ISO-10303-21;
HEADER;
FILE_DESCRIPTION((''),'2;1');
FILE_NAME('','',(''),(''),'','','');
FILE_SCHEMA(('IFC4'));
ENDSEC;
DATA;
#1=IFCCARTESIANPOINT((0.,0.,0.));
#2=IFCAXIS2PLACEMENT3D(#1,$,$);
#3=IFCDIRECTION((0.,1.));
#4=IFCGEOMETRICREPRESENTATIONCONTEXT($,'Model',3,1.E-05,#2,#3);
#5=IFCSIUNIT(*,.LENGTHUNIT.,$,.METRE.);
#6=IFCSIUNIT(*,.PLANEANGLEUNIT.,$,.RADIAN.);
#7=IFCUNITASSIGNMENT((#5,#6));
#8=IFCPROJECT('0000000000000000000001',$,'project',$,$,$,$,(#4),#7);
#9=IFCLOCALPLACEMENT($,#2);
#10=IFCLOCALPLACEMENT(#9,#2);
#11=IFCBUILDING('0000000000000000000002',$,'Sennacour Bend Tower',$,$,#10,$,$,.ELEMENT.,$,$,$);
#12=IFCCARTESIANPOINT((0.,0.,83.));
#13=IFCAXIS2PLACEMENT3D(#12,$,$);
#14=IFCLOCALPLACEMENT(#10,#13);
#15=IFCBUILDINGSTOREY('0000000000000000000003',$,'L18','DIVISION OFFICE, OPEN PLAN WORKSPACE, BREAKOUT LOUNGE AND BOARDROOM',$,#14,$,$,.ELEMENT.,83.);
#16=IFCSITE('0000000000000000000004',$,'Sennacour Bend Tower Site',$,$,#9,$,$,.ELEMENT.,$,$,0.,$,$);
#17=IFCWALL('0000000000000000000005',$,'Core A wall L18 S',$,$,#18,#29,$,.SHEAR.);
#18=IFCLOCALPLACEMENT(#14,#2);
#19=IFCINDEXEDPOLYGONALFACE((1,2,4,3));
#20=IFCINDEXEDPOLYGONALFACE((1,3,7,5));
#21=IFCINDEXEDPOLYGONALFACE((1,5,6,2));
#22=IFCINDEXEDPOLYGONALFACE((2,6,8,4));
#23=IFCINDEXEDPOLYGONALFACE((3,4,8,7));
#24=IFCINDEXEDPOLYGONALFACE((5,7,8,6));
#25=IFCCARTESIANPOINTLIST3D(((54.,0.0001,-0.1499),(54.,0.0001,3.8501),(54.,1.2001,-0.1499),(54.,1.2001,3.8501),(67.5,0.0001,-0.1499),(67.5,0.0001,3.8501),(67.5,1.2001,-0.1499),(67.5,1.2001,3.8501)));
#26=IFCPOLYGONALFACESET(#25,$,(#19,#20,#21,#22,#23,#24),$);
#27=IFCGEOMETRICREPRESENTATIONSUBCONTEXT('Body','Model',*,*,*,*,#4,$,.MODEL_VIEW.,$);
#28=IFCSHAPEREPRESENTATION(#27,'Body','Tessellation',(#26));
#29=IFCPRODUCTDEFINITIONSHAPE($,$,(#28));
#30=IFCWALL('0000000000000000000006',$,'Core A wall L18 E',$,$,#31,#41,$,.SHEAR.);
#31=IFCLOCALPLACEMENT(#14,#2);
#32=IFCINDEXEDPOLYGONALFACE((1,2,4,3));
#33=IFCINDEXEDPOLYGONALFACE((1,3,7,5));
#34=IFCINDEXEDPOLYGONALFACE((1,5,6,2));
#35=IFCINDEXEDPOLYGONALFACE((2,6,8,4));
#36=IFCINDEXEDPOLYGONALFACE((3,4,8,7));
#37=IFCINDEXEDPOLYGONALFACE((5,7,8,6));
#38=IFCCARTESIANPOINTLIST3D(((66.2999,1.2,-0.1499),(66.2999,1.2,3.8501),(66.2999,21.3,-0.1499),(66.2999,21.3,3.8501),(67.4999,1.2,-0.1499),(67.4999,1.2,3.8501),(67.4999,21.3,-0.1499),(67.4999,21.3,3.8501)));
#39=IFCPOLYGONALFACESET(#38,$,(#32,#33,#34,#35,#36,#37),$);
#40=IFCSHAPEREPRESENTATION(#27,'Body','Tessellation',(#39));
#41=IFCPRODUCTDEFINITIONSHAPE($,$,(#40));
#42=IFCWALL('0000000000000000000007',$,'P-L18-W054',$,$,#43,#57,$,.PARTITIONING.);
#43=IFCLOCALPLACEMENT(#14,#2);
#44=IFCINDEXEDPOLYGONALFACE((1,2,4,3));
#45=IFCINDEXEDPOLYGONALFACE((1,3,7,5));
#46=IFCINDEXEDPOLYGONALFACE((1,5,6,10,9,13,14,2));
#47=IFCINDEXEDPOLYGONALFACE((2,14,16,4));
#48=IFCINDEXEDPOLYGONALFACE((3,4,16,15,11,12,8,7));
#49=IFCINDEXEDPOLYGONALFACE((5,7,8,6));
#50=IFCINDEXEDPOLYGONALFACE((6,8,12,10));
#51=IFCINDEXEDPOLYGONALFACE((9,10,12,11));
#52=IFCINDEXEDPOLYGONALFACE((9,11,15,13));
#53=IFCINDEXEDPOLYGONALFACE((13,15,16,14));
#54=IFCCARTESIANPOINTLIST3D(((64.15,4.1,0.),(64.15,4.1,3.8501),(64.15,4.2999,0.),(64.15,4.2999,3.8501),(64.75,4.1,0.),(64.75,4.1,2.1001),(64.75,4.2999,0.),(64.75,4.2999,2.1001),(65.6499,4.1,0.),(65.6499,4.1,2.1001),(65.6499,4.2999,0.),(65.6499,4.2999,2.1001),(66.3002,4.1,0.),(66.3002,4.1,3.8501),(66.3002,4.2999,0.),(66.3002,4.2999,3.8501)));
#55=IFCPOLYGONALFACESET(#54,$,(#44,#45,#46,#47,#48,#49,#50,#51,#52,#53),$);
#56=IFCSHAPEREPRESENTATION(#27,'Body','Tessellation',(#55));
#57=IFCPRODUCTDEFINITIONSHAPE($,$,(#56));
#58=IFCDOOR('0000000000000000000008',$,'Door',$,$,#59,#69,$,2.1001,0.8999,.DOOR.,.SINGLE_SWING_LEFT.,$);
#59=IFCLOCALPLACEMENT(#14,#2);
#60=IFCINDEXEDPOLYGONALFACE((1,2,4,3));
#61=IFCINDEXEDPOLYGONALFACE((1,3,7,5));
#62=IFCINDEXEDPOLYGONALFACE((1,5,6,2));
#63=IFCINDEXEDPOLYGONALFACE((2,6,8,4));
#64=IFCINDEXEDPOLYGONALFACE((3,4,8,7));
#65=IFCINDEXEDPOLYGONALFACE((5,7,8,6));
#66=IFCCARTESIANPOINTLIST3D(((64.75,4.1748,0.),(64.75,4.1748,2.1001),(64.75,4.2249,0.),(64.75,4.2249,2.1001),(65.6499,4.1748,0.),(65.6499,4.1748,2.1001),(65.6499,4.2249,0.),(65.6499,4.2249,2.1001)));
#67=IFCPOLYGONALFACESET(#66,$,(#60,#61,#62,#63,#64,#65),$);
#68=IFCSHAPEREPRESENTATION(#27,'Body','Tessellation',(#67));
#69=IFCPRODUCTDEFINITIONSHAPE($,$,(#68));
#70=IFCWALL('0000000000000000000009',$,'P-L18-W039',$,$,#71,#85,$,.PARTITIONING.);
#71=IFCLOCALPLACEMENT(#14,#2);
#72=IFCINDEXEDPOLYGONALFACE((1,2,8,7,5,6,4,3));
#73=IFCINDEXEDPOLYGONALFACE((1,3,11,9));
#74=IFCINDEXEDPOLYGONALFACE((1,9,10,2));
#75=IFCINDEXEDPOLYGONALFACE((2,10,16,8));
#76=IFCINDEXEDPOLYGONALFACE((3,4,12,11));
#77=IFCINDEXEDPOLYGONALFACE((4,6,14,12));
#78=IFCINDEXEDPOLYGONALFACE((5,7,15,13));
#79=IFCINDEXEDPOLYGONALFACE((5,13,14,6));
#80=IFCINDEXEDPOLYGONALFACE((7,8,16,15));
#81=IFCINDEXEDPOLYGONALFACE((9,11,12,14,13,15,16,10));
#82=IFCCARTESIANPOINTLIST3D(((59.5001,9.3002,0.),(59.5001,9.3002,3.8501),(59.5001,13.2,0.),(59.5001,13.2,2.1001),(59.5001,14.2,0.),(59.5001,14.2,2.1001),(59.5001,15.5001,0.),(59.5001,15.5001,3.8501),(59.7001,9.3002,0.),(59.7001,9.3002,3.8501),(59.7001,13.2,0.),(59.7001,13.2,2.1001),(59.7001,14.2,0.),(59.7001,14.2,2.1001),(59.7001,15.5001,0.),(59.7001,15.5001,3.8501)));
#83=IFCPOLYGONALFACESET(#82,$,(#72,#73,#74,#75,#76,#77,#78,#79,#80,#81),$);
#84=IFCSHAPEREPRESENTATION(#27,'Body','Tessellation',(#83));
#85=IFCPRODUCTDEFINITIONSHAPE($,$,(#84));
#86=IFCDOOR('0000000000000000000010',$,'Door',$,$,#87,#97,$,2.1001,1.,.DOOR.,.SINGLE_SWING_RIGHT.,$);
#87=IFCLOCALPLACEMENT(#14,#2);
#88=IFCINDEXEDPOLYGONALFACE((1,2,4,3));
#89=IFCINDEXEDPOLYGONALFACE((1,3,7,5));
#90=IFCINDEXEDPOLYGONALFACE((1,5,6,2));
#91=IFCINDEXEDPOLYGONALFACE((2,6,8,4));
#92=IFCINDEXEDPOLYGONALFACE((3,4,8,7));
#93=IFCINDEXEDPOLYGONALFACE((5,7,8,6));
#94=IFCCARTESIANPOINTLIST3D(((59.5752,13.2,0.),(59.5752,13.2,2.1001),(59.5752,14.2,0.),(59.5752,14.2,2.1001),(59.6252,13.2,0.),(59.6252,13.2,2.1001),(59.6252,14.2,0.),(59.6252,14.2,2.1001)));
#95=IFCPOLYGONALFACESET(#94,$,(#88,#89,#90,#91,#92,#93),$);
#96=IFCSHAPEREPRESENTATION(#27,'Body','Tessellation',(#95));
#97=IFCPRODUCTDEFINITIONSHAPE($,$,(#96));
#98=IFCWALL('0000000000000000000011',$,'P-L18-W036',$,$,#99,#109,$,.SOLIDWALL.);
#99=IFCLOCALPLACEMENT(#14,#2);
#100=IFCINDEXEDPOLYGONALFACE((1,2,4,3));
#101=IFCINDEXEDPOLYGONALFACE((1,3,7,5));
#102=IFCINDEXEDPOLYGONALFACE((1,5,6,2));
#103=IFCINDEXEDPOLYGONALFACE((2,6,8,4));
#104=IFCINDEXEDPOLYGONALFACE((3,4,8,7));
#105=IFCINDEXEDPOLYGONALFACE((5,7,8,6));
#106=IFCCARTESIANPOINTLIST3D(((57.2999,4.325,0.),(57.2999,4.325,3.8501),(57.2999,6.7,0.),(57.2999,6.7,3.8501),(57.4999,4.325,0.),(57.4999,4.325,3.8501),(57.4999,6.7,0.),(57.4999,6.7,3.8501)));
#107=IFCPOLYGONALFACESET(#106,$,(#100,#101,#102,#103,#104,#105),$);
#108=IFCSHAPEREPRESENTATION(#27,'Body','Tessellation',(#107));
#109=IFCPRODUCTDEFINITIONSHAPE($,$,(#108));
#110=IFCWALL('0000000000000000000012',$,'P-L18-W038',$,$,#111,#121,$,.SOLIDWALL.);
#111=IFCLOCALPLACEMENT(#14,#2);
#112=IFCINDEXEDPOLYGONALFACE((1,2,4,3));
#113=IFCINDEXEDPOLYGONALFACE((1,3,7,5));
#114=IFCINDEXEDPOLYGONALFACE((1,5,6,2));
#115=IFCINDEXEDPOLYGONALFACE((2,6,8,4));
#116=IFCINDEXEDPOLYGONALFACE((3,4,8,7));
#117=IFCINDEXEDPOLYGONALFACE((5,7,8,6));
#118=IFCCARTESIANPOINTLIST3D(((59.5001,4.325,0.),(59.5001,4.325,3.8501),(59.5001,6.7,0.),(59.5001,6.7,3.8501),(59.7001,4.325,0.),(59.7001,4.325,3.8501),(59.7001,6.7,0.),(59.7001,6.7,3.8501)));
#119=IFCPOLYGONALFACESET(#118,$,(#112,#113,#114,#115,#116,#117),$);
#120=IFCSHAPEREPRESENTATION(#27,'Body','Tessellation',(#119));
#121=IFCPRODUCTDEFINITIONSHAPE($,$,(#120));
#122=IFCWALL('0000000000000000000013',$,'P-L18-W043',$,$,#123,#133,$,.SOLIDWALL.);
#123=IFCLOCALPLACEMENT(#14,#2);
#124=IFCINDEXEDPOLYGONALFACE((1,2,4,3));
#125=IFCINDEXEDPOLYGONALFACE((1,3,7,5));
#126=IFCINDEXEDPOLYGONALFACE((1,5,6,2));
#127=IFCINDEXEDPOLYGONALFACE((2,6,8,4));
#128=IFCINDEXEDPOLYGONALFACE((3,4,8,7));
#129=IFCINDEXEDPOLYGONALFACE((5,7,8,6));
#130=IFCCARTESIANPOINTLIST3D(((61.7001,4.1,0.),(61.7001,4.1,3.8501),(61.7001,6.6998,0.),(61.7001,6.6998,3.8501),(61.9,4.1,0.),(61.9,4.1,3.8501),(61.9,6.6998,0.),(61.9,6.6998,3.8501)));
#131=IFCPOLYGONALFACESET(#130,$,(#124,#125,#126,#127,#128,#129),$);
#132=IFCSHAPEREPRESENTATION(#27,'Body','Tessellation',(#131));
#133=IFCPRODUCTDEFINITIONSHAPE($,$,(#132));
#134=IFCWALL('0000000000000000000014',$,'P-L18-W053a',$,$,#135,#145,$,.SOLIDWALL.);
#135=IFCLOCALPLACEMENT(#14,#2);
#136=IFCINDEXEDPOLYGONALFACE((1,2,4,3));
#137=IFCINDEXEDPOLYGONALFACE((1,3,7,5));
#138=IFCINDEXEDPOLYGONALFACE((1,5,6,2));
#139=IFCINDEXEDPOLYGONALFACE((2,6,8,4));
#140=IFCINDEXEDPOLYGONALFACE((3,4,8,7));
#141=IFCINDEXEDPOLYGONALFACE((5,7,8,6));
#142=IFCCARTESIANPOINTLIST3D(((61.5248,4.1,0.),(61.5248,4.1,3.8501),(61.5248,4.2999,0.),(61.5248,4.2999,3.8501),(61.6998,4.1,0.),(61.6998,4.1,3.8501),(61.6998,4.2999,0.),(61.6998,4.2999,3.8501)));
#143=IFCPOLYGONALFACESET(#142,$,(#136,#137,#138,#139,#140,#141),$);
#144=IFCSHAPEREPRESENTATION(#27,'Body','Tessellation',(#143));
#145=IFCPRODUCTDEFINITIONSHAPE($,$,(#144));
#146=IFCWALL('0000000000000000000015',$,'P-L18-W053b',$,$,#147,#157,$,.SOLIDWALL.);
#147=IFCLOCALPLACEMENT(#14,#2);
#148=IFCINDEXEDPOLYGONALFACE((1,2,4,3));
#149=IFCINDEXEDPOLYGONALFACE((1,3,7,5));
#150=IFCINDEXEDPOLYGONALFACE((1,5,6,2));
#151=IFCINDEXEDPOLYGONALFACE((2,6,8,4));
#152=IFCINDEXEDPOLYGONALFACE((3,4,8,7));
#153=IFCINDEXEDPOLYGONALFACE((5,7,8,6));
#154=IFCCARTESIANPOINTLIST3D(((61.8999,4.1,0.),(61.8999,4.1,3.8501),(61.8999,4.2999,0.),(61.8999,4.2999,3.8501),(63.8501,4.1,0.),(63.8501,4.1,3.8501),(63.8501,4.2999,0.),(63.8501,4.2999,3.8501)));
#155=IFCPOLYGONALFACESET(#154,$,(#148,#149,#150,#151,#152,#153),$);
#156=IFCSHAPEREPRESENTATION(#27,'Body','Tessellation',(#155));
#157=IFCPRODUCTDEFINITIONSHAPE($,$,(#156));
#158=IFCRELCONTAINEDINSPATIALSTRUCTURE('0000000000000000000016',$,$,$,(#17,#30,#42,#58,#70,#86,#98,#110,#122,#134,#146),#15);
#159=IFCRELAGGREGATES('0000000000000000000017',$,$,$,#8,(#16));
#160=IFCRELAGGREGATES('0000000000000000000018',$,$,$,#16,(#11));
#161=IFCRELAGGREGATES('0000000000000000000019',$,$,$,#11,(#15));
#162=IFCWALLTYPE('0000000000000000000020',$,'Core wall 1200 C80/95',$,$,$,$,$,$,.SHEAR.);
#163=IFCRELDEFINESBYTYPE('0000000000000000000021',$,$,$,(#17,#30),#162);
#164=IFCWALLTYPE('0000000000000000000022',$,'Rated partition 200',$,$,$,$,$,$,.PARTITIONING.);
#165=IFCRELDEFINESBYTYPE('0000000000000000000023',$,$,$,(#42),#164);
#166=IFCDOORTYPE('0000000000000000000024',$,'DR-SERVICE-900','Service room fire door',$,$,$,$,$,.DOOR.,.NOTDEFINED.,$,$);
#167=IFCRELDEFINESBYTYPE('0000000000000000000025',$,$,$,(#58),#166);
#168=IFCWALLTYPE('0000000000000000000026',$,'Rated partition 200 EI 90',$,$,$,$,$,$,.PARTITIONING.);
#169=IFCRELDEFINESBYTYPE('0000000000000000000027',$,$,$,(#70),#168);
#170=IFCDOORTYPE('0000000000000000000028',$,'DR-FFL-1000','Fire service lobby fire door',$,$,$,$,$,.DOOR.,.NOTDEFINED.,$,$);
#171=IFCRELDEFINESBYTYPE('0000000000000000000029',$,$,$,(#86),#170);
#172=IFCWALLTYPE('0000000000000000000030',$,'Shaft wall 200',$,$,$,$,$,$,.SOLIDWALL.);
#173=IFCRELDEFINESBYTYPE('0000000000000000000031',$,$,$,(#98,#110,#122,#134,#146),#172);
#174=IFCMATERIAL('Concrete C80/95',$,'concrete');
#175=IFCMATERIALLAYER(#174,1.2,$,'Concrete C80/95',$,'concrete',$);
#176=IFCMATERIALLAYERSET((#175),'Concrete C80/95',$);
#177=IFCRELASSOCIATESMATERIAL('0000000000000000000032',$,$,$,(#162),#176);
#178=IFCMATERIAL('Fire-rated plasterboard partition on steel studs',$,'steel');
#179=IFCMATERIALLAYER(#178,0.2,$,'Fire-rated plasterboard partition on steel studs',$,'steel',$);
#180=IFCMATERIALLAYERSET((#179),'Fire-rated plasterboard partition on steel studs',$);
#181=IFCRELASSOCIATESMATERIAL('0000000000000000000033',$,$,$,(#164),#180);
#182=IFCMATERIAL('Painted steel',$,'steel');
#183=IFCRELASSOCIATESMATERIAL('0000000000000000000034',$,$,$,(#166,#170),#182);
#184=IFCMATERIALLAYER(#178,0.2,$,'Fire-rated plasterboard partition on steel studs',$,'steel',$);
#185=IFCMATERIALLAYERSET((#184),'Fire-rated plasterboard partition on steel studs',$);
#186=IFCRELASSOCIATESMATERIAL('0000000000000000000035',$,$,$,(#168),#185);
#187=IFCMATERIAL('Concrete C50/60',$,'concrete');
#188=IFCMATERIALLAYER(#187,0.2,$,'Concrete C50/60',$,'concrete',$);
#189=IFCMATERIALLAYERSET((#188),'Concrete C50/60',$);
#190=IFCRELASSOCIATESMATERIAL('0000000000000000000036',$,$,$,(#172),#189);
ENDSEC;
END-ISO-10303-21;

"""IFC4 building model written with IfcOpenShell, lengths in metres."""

from ifc_helpers import new_model, si_unit, direction, frame, frame_2d, origin, place, context, subcontext, project, spatial, rectangle, extrude, material, layer, layer_set, type_object, element, fill, save


model = new_model("IFC4")

# Units and contexts
model_context = context("Model", 3, precision=1e-05, world=origin(), true_north=direction((0.0, 1.0)))
body_context = subcontext(model_context, "Body", "Model", "MODEL_VIEW")
ifc_project = project(units=[si_unit("LENGTHUNIT", "METRE"), si_unit("PLANEANGLEUNIT", "RADIAN")], contexts=[model_context])

# Site, building, storey
site_placement = place(None, origin())
site = spatial("IfcSite", under=ifc_project, at=site_placement, Name="Sennacour Bend Tower Site", CompositionType="ELEMENT", RefElevation=0.0)
building_placement = place(site_placement, origin())
building = spatial("IfcBuilding", under=site, at=building_placement, Name="Sennacour Bend Tower", CompositionType="ELEMENT")
storey_placement = place(building_placement, frame((0.0, 0.0, 83.0)))
storey = spatial("IfcBuildingStorey", under=building, at=storey_placement, Name="L18", Description="DIVISION OFFICE, OPEN PLAN WORKSPACE, BREAKOUT LOUNGE AND BOARDROOM", CompositionType="ELEMENT", Elevation=83.0)

# Walls
ifc_material_1 = material(Name="Concrete C80/95", Category="concrete")
ifc_layer_1 = layer(ifc_material_1, 1.2, Name="Concrete C80/95", Category="concrete")
ifc_layer_set_1 = layer_set([ifc_layer_1], Name="Concrete C80/95")
wall_type_1 = type_object("IfcWallType", Name="Core wall 1200 C80/95", PredefinedType="SHEAR", material=ifc_layer_set_1)
wall_1_placement = place(storey_placement, frame((67.5, 0.6001, -0.1499), z_axis=(0.0, 0.0, 1.0), x_axis=(-1.0, 0.0, 0.0)))
element("IfcWall", 1, at=wall_1_placement, inside=storey, type_object=wall_type_1, Name="Core A wall L18 S", PredefinedType="SHEAR", context=body_context, shape_type="SweptSolid", body=[
    extrude(rectangle(XDim=13.5, YDim=1.2, at=frame_2d((6.75, 0.0))), origin(), (0.0, 0.0, 1.0), 4.0),
])
wall_2_placement = place(storey_placement, frame((66.8999, 1.2, -0.1499), z_axis=(0.0, 0.0, 1.0), x_axis=(0.0, 1.0, 0.0)))
element("IfcWall", 2, at=wall_2_placement, inside=storey, type_object=wall_type_1, Name="Core A wall L18 E", PredefinedType="SHEAR", context=body_context, shape_type="SweptSolid", body=[
    extrude(rectangle(XDim=20.1001, YDim=1.2, at=frame_2d((10.05, 0.0))), origin(), (0.0, 0.0, 1.0), 4.0),
])

# Walls, openings, doors
ifc_material_2 = material(Name="Fire-rated plasterboard partition on steel studs", Category="steel")
ifc_layer_2 = layer(ifc_material_2, 0.2, Name="Fire-rated plasterboard partition on steel studs", Category="steel")
ifc_layer_set_2 = layer_set([ifc_layer_2], Name="Fire-rated plasterboard partition on steel studs")
wall_type_2 = type_object("IfcWallType", Name="Rated partition 200", PredefinedType="PARTITIONING", material=ifc_layer_set_2)
wall_3_placement = place(storey_placement, frame((64.1499, 4.2, 0.0), z_axis=(0.0, 0.0, 1.0), x_axis=(1.0, 0.0, 0.0)))
wall_3 = element("IfcWall", 3, at=wall_3_placement, inside=storey, type_object=wall_type_2, Name="P-L18-W054", PredefinedType="PARTITIONING", context=body_context, shape_type="SweptSolid", body=[
    extrude(rectangle(XDim=2.1501, YDim=0.2, at=frame_2d((1.0752, 0.0))), origin(), (0.0, 0.0, 1.0), 3.8501),
])
opening_1_placement = place(wall_3_placement, frame((0.6001, 0.0, 0.0)))
opening_1 = element("IfcOpeningElement", 4, at=opening_1_placement, cuts=wall_3, PredefinedType="OPENING", context=body_context, shape_type="SweptSolid", body=[
    extrude(rectangle(XDim=0.8999, YDim=2.1001, at=frame_2d((0.45, 1.05))), frame((0.0, 0.1099, 0.0), z_axis=(0.0, -1.0, 0.0), x_axis=(1.0, 0.0, 0.0)), (0.0, 0.0, 1.0), 0.22),
])
ifc_material_3 = material(Name="Painted steel", Category="steel")
door_type_1 = type_object("IfcDoorType", Name="DR-SERVICE-900", Description="Service room fire door", OperationType="NOTDEFINED", PredefinedType="DOOR", material=ifc_material_3)
door_1_placement = place(opening_1_placement, origin())
door_1 = element("IfcDoor", 5, at=door_1_placement, inside=storey, type_object=door_type_1, Name="Door", OperationType="SINGLE_SWING_LEFT", OverallHeight=2.1001, OverallWidth=0.8999, PredefinedType="DOOR", context=body_context, shape_type="SweptSolid", body=[
    extrude(rectangle(XDim=0.8999, YDim=2.1001, at=frame_2d((0.45, 1.05))), frame((0.0, 0.0249, 0.0), z_axis=(0.0, -1.0, 0.0), x_axis=(1.0, 0.0, 0.0)), (0.0, 0.0, 1.0), 0.05),
])
fill(opening_1, door_1)
ifc_layer_3 = layer(ifc_material_2, 0.2, Name="Fire-rated plasterboard partition on steel studs", Category="steel")
ifc_layer_set_3 = layer_set([ifc_layer_3], Name="Fire-rated plasterboard partition on steel studs")
wall_type_3 = type_object("IfcWallType", Name="Rated partition 200 EI 90", PredefinedType="PARTITIONING", material=ifc_layer_set_3)
wall_4_placement = place(storey_placement, frame((59.6001, 9.3, 0.0), z_axis=(0.0, 0.0, 1.0), x_axis=(0.0, 1.0, 0.0)))
wall_4 = element("IfcWall", 6, at=wall_4_placement, inside=storey, type_object=wall_type_3, Name="P-L18-W039", PredefinedType="PARTITIONING", context=body_context, shape_type="SweptSolid", body=[
    extrude(rectangle(XDim=6.2, YDim=0.2, at=frame_2d((3.1001, 0.0))), origin(), (0.0, 0.0, 1.0), 3.8501),
])
opening_2_placement = place(wall_4_placement, frame((3.8999, 0.0, 0.0)))
opening_2 = element("IfcOpeningElement", 7, at=opening_2_placement, cuts=wall_4, PredefinedType="OPENING", context=body_context, shape_type="SweptSolid", body=[
    extrude(rectangle(XDim=1.0, YDim=2.1001, at=frame_2d((0.5, 1.05))), frame((0.0, 0.1099, 0.0), z_axis=(0.0, -1.0, 0.0), x_axis=(1.0, 0.0, 0.0)), (0.0, 0.0, 1.0), 0.22),
])
door_type_2 = type_object("IfcDoorType", Name="DR-FFL-1000", Description="Fire service lobby fire door", OperationType="NOTDEFINED", PredefinedType="DOOR", material=ifc_material_3)
door_2_placement = place(opening_2_placement, origin())
door_2 = element("IfcDoor", 8, at=door_2_placement, inside=storey, type_object=door_type_2, Name="Door", OperationType="SINGLE_SWING_RIGHT", OverallHeight=2.1001, OverallWidth=1.0, PredefinedType="DOOR", context=body_context, shape_type="SweptSolid", body=[
    extrude(rectangle(XDim=1.0, YDim=2.1001, at=frame_2d((0.5, 1.05))), frame((0.0, 0.0249, 0.0), z_axis=(0.0, -1.0, 0.0), x_axis=(1.0, 0.0, 0.0)), (0.0, 0.0, 1.0), 0.05),
])
fill(opening_2, door_2)

# Walls
ifc_material_4 = material(Name="Concrete C50/60", Category="concrete")
ifc_layer_4 = layer(ifc_material_4, 0.2, Name="Concrete C50/60", Category="concrete")
ifc_layer_set_4 = layer_set([ifc_layer_4], Name="Concrete C50/60")
wall_type_4 = type_object("IfcWallType", Name="Shaft wall 200", PredefinedType="SOLIDWALL", material=ifc_layer_set_4)
for number, where, z_axis, x_axis, name in (
    (9, (57.3999, 4.325, 0.0), (0.0, 0.0, 1.0), (0.0, 1.0, 0.0), "P-L18-W036"),
    (10, (59.6001, 4.325, 0.0), (0.0, 0.0, 1.0), (0.0, 1.0, 0.0), "P-L18-W038"),
):
    element("IfcWall", number, at=place(storey_placement, frame(where, z_axis=z_axis, x_axis=x_axis)), inside=storey, type_object=wall_type_4, Name=name, PredefinedType="SOLIDWALL", context=body_context, shape_type="SweptSolid", body=[
        extrude(rectangle(XDim=2.375, YDim=0.2, at=frame_2d((1.1875, 0.0))), origin(), (0.0, 0.0, 1.0), 3.8501),
    ])
wall_5_placement = place(storey_placement, frame((61.8, 4.1001, 0.0), z_axis=(0.0, 0.0, 1.0), x_axis=(0.0, 1.0, 0.0)))
element("IfcWall", 11, at=wall_5_placement, inside=storey, type_object=wall_type_4, Name="P-L18-W043", PredefinedType="SOLIDWALL", context=body_context, shape_type="SweptSolid", body=[
    extrude(rectangle(XDim=2.5999, YDim=0.2, at=frame_2d((1.2998, 0.0))), origin(), (0.0, 0.0, 1.0), 3.8501),
])
wall_6_placement = place(storey_placement, frame((61.5249, 4.2, 0.0), z_axis=(0.0, 0.0, 1.0), x_axis=(1.0, 0.0, 0.0)))
element("IfcWall", 12, at=wall_6_placement, inside=storey, type_object=wall_type_4, Name="P-L18-W053a", PredefinedType="SOLIDWALL", context=body_context, shape_type="SweptSolid", body=[
    extrude(rectangle(XDim=0.175, YDim=0.2, at=frame_2d((0.0874, 0.0))), origin(), (0.0, 0.0, 1.0), 3.8501),
])
wall_7_placement = place(storey_placement, frame((61.8999, 4.2, 0.0), z_axis=(0.0, 0.0, 1.0), x_axis=(1.0, 0.0, 0.0)))
element("IfcWall", 13, at=wall_7_placement, inside=storey, type_object=wall_type_4, Name="P-L18-W053b", PredefinedType="SOLIDWALL", context=body_context, shape_type="SweptSolid", body=[
    extrude(rectangle(XDim=1.9502, YDim=0.2, at=frame_2d((0.9751, 0.0))), origin(), (0.0, 0.0, 1.0), 3.8501),
])

save(model, "model.ifc")
